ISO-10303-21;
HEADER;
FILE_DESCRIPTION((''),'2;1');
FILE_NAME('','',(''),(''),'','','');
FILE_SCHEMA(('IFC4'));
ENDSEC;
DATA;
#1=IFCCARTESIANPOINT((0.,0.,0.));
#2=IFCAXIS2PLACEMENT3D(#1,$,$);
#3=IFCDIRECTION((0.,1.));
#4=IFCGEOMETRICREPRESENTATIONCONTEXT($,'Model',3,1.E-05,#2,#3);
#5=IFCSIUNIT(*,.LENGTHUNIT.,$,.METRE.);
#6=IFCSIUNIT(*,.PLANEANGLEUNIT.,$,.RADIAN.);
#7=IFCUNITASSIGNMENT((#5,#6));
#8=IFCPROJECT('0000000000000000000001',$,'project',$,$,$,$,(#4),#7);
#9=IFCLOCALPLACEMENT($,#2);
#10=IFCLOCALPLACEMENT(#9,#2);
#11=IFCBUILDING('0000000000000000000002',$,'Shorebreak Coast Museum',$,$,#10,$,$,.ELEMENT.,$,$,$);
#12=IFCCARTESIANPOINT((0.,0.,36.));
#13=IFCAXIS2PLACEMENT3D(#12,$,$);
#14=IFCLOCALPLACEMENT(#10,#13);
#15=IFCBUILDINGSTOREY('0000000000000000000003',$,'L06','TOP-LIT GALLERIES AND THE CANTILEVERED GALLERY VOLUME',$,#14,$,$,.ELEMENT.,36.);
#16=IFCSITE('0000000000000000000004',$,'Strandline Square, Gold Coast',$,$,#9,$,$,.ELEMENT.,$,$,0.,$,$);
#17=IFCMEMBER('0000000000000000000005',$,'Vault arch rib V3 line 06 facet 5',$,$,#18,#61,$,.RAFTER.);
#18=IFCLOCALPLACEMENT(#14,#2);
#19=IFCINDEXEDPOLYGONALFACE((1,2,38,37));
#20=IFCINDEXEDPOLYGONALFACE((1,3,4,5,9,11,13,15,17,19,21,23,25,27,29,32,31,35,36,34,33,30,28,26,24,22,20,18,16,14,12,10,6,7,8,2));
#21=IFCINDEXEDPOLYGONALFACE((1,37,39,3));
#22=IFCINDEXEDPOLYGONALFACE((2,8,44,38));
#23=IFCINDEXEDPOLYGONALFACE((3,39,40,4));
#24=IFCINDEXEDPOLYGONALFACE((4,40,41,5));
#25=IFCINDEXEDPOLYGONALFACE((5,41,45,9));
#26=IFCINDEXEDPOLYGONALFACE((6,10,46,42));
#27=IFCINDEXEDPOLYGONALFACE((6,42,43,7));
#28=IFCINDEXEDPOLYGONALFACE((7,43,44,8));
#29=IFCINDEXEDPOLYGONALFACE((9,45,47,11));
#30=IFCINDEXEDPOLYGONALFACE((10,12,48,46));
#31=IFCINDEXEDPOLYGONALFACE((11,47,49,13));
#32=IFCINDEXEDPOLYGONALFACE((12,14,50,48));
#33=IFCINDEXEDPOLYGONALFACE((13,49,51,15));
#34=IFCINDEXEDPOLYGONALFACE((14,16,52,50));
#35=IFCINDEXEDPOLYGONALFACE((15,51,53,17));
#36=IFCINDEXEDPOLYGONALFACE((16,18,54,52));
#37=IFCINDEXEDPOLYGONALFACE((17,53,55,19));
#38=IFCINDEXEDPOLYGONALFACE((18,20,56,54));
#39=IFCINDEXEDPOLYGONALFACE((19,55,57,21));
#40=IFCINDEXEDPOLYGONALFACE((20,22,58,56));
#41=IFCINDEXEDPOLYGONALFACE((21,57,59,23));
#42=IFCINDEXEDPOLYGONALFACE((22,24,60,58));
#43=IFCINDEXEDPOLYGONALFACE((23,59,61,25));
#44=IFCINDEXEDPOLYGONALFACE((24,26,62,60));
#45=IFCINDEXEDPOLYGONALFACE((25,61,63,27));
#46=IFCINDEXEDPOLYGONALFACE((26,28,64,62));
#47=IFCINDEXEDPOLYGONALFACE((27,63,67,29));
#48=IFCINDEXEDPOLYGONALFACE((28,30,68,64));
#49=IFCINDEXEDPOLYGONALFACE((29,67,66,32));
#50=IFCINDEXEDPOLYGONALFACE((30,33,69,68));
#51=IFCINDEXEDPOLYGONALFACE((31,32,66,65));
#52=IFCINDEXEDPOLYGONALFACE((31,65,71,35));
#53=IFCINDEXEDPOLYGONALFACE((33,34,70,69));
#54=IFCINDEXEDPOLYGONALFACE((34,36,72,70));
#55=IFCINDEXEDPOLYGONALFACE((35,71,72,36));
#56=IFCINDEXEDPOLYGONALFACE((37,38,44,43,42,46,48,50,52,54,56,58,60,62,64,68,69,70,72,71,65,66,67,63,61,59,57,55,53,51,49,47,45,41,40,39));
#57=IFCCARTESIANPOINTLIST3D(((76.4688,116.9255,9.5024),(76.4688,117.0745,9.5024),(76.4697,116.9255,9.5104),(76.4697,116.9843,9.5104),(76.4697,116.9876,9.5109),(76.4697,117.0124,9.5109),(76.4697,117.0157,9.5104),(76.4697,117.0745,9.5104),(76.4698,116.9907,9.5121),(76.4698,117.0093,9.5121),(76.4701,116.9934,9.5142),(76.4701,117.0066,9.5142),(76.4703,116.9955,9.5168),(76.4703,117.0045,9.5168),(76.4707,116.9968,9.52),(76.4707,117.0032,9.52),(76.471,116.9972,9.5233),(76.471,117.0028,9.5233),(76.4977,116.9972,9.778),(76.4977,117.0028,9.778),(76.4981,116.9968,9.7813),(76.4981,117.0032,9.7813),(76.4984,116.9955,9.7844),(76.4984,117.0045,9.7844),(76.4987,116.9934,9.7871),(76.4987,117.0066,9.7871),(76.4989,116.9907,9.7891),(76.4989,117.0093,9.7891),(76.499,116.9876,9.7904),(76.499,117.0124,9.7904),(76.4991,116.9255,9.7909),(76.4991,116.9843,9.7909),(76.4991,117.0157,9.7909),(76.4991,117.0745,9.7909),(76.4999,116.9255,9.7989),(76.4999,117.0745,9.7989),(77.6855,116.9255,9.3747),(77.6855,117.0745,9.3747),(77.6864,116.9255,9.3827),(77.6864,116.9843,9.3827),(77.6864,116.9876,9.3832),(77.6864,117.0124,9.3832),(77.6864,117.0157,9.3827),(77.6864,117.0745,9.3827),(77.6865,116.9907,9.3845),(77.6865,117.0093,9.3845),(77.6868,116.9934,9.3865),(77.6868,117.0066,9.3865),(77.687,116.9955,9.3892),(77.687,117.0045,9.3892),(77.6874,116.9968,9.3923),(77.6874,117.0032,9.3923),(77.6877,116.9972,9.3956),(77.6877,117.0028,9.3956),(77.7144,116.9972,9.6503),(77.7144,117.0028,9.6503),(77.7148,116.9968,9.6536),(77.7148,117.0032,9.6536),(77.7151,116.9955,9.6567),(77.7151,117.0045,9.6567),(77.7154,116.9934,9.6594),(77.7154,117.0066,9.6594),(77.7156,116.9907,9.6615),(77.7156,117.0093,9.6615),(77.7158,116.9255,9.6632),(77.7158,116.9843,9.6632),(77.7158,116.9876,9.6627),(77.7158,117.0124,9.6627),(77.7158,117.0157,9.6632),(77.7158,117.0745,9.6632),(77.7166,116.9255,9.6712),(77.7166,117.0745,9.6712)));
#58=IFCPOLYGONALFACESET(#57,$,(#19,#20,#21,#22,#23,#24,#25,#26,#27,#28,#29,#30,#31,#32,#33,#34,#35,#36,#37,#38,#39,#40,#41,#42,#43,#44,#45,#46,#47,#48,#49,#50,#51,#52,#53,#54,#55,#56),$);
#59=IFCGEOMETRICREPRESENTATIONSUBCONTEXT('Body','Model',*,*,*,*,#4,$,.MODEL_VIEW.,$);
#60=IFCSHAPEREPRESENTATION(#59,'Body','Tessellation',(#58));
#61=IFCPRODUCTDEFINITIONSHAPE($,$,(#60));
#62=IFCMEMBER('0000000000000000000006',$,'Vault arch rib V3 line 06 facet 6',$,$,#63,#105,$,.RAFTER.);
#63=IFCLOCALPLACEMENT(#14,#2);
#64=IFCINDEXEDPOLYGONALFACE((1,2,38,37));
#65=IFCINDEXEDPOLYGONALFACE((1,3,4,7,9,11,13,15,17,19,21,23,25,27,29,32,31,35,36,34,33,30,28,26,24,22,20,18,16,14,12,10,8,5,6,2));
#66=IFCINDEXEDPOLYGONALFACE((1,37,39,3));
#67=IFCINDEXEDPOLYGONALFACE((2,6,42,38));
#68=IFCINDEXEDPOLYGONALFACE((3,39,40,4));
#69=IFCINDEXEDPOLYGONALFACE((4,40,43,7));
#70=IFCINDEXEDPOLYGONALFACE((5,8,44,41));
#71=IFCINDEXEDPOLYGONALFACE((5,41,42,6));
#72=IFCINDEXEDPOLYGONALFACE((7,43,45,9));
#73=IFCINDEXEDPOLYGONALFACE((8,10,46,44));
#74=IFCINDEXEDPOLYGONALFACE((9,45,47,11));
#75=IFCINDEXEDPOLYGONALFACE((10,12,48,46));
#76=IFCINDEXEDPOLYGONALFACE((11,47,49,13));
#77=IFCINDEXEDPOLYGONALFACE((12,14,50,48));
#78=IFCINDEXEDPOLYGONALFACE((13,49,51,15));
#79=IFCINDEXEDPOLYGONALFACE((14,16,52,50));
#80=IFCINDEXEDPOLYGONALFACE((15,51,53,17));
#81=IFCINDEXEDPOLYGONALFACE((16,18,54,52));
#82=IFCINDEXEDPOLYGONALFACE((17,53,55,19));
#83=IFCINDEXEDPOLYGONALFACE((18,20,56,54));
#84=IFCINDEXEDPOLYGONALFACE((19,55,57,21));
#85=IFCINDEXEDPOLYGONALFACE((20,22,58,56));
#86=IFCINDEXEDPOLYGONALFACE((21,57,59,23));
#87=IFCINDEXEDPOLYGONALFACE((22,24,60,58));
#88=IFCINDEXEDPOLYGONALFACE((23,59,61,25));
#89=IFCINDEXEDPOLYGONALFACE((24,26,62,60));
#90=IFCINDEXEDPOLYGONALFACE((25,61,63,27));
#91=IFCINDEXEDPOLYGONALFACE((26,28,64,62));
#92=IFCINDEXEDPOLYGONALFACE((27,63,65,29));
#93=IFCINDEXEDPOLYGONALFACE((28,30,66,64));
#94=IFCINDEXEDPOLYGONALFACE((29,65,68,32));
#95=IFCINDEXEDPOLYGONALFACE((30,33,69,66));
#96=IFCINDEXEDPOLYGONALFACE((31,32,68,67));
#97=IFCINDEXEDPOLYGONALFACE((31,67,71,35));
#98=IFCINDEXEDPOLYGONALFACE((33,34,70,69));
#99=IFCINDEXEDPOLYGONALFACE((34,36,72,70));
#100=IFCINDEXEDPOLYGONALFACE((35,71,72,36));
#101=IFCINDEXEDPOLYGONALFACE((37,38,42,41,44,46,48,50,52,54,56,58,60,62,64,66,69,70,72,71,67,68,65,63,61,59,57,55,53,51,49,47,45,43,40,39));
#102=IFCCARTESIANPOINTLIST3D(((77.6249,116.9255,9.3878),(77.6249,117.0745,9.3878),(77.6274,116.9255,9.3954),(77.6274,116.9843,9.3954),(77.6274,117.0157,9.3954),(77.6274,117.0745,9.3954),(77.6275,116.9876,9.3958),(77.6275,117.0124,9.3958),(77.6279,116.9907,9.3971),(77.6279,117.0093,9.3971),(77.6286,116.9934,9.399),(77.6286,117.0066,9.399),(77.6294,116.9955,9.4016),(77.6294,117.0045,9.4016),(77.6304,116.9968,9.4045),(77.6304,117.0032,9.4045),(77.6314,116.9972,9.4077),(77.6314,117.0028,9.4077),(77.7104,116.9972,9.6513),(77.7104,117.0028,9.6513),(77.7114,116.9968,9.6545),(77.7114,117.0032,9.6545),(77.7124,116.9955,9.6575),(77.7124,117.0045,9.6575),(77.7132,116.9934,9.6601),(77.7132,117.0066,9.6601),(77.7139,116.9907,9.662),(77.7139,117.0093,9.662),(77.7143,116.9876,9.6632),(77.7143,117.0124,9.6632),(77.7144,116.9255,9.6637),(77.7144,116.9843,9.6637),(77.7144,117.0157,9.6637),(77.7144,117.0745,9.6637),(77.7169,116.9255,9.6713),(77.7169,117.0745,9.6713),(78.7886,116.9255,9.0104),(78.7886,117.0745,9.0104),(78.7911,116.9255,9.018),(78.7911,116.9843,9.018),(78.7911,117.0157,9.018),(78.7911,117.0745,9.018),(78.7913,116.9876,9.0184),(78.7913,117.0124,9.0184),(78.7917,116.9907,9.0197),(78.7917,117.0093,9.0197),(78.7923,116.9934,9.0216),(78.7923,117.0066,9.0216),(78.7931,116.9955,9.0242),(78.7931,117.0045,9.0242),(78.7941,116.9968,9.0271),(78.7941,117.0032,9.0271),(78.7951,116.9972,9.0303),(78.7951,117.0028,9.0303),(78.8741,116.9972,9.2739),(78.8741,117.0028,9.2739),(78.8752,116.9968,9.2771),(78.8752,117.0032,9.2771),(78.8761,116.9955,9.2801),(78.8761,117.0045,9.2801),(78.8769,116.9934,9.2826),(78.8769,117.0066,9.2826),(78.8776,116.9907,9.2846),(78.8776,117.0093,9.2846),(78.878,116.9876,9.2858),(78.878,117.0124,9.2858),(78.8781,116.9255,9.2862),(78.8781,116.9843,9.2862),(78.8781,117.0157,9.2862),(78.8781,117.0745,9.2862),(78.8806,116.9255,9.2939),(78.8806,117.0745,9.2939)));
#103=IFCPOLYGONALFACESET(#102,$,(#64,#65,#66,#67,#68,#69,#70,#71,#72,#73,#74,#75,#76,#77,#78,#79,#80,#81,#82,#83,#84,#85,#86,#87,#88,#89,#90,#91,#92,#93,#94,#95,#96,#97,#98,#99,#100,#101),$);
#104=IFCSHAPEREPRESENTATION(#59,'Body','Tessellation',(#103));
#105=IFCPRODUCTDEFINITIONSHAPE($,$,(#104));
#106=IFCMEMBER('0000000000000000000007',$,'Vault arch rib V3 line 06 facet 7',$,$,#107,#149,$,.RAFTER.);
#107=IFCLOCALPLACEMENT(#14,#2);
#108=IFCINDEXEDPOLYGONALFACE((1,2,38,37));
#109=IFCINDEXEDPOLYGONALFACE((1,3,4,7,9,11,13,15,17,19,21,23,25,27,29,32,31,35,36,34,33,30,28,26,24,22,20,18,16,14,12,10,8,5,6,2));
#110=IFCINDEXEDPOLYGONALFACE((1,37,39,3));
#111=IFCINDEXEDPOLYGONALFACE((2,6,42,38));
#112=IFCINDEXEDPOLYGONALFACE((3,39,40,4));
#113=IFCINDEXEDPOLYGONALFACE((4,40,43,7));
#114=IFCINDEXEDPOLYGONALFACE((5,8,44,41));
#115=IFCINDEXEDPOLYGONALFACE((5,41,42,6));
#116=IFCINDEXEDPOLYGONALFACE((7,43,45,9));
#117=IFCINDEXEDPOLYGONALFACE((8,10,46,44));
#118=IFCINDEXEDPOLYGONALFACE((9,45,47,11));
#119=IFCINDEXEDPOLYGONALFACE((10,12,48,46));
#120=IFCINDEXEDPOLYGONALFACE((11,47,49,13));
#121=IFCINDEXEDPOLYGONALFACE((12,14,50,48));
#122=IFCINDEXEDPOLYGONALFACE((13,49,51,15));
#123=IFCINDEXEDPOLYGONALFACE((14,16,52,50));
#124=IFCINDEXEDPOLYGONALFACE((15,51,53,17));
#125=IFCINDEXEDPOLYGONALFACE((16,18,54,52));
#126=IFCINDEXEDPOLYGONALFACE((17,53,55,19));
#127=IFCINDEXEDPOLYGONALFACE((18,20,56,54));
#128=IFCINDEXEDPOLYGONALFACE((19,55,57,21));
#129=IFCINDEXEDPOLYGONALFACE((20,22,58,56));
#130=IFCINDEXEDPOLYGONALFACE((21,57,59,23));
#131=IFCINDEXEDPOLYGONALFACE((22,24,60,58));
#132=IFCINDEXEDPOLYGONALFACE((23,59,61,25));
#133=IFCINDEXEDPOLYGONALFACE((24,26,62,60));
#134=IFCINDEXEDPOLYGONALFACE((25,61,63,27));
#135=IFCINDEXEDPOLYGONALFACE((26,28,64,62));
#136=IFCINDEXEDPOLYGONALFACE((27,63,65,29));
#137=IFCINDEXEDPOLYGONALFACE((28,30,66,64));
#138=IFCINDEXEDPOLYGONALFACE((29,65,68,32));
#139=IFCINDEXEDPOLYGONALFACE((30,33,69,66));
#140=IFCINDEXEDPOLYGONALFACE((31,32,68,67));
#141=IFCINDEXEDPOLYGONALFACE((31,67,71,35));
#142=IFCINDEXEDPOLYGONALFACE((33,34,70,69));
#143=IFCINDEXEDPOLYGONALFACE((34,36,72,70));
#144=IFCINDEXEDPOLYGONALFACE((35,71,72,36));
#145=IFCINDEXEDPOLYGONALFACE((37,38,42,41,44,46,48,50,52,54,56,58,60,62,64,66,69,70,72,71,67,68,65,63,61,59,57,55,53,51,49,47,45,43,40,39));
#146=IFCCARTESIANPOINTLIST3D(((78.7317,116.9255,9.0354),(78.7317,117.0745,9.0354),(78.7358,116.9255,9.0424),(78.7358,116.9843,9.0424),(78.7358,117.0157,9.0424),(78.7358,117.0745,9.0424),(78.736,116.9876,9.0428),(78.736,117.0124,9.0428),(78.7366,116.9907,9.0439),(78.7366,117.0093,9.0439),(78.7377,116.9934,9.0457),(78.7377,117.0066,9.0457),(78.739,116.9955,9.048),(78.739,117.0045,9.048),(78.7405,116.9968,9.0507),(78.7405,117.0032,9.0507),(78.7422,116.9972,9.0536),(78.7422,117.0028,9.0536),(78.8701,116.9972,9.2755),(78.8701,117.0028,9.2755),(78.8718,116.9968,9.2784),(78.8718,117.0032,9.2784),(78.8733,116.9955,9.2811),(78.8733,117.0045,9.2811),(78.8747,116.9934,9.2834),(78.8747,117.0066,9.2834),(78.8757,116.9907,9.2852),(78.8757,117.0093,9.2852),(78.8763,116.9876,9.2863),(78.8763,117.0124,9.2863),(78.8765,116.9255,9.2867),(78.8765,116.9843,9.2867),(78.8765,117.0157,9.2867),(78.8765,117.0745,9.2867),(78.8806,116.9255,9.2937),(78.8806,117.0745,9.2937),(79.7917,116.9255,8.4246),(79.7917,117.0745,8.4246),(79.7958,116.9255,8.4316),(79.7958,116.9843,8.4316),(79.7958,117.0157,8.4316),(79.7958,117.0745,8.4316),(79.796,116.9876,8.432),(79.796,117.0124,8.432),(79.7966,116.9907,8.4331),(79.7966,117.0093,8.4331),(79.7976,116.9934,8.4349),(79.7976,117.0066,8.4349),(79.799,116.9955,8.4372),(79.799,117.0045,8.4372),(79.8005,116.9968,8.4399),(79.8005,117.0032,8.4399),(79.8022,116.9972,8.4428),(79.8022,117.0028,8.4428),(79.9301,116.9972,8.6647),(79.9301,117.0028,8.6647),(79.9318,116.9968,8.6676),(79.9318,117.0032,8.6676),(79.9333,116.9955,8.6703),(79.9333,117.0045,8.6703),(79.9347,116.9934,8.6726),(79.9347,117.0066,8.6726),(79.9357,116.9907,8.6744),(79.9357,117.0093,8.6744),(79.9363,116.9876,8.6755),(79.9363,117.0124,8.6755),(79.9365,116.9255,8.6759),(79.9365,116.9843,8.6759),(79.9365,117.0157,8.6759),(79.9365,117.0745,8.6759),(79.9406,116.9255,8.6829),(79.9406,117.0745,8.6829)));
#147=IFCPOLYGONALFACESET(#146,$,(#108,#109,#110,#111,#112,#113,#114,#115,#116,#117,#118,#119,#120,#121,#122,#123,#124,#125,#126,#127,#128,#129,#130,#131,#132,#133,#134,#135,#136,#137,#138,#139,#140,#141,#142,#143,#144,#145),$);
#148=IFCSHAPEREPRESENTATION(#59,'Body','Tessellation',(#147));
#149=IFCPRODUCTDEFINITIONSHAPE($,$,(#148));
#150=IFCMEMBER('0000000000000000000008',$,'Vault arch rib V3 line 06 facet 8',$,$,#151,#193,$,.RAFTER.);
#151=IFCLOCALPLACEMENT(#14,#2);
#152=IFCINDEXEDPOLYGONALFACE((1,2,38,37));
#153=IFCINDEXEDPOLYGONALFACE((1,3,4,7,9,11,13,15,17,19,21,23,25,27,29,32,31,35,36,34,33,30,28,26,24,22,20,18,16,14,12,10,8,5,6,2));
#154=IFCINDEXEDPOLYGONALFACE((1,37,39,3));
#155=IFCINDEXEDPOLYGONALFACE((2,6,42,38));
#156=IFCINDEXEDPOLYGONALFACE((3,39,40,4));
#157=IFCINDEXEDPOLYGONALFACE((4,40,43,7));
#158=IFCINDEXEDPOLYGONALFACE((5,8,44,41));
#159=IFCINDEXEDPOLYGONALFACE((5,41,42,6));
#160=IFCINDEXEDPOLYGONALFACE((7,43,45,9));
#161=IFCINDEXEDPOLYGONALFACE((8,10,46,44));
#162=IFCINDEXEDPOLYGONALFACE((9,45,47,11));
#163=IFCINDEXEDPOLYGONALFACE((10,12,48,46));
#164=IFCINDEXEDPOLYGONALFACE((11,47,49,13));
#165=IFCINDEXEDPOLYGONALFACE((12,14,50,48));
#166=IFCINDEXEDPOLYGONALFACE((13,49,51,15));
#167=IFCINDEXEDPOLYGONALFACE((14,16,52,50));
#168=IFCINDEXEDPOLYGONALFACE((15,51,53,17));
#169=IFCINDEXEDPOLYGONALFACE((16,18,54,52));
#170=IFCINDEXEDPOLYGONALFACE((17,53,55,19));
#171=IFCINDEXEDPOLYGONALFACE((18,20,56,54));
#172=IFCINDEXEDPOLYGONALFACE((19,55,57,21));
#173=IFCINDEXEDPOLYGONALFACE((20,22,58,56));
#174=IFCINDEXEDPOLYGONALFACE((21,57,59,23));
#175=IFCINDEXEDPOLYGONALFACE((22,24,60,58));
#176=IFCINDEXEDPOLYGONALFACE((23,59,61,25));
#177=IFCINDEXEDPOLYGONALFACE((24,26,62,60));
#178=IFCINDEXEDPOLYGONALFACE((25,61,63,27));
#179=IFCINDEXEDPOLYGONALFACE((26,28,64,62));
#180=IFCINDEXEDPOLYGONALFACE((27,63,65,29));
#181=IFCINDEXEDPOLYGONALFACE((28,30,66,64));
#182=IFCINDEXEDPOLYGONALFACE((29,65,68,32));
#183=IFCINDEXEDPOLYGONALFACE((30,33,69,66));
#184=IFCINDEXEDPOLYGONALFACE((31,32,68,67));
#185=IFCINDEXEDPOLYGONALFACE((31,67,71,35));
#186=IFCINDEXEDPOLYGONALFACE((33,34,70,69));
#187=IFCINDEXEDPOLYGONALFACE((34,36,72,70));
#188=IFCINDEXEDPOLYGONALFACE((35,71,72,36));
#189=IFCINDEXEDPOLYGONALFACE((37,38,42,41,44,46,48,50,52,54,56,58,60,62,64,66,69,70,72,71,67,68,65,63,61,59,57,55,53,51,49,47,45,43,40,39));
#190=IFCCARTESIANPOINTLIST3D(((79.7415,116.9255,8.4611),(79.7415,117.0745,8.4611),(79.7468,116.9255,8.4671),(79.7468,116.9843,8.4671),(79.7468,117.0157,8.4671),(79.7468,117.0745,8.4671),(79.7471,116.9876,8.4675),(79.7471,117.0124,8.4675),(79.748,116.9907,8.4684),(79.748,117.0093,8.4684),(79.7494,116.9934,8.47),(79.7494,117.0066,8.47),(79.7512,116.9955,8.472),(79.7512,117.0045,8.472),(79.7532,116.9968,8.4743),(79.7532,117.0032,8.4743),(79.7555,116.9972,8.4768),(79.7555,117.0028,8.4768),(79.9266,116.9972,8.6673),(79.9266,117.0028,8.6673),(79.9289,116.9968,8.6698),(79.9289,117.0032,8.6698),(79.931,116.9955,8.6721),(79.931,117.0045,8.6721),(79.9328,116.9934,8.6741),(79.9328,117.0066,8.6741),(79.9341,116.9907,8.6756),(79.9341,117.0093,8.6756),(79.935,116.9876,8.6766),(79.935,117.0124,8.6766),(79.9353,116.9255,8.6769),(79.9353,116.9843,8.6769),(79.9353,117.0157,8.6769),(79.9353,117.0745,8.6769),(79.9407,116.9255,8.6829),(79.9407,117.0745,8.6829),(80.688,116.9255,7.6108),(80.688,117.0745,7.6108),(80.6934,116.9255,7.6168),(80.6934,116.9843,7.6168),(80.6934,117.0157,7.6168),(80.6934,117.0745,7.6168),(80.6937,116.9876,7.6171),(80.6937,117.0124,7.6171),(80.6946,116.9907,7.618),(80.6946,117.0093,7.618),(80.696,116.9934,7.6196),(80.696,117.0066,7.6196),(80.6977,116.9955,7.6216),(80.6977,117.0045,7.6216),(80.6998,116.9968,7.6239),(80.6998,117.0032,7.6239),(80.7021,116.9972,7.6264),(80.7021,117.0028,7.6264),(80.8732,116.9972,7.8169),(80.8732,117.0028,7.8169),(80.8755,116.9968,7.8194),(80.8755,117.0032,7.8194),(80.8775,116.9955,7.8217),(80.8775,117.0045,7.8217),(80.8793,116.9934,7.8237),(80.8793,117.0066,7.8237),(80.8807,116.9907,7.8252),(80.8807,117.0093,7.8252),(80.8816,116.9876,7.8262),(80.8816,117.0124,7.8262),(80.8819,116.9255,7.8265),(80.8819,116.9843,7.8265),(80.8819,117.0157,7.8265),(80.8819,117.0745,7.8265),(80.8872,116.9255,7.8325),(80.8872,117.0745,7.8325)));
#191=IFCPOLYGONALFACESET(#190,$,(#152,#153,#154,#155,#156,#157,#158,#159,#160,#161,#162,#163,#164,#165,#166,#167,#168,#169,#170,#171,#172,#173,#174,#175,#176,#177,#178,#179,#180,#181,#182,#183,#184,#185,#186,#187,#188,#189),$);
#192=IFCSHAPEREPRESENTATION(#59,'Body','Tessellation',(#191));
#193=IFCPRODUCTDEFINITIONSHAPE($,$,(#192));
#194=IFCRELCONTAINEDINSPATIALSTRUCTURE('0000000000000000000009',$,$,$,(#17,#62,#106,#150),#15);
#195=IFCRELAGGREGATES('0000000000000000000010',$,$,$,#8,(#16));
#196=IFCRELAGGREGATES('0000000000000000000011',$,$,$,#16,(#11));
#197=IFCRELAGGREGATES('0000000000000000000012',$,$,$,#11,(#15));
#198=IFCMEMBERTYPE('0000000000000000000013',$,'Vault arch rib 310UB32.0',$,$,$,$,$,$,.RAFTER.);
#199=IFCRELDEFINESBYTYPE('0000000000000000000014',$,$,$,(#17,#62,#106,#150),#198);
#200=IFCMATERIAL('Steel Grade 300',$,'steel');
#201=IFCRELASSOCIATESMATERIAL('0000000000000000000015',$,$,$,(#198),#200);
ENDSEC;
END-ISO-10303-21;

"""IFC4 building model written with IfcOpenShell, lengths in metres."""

from ifc_helpers import new_model, si_unit, direction, frame, origin, origin_2d, place, context, subcontext, project, spatial, i_section, extrude, material, material_profile, profile_set, type_object, element, save


model = new_model("IFC4")

# Units and contexts
model_context = context("Model", 3, precision=1e-05, world=origin(), true_north=direction((0.0, 1.0)))
body_context = subcontext(model_context, "Body", "Model", "MODEL_VIEW")
ifc_project = project(units=[si_unit("LENGTHUNIT", "METRE"), si_unit("PLANEANGLEUNIT", "RADIAN")], contexts=[model_context])

# Site, building, storey
site_placement = place(None, origin())
site = spatial("IfcSite", under=ifc_project, at=site_placement, Name="Strandline Square, Gold Coast", CompositionType="ELEMENT", RefElevation=0.0)
building_placement = place(site_placement, origin())
building = spatial("IfcBuilding", under=site, at=building_placement, Name="Shorebreak Coast Museum", CompositionType="ELEMENT")
storey_placement = place(building_placement, frame((0.0, 0.0, 36.0)))
storey = spatial("IfcBuildingStorey", under=building, at=storey_placement, Name="L06", Description="TOP-LIT GALLERIES AND THE CANTILEVERED GALLERY VOLUME", CompositionType="ELEMENT", Elevation=36.0)

# Members
ifc_material_1 = material(Name="Steel Grade 300", Category="steel")
ifc_material_profile_1 = material_profile(ifc_material_1, i_section(OverallWidth=0.1489, OverallDepth=0.2981, WebThickness=0.0056, FlangeThickness=0.0081, FilletRadius=0.0129, at=origin_2d()), Name="310UB32.0")
ifc_profile_set_1 = profile_set([ifc_material_profile_1], Name="Steel Grade 300")
member_type_1 = type_object("IfcMemberType", Name="Vault arch rib 310UB32.0", PredefinedType="RAFTER", material=ifc_profile_set_1)
for number, where, z_axis, x_axis, name in (
    (1, (76.4844, 117.0, 9.6506), (0.994539, 0.0, -0.104363), (0.0, 1.0, 0.0), "Vault arch rib V3 line 06 facet 5"),
    (2, (77.6709, 117.0, 9.5295), (0.951226, 0.0, -0.308495), (0.0, 1.0, 0.0), "Vault arch rib V3 line 06 facet 6"),
    (3, (78.8062, 117.0, 9.1646), (0.866445, 0.0, -0.499273), (0.0, 1.0, 0.0), "Vault arch rib V3 line 06 facet 7"),
):
    element("IfcMember", number, at=place(storey_placement, frame(where, z_axis=z_axis, x_axis=x_axis)), inside=storey, type_object=member_type_1, Name=name, PredefinedType="RAFTER", context=body_context, shape_type="SweptSolid", body=[
        extrude(i_section(OverallWidth=0.1489, OverallDepth=0.2981, WebThickness=0.0056, FlangeThickness=0.0081, FilletRadius=0.0129, at=origin_2d()), origin(), (0.0, 0.0, 1.0), 1.2234),
    ])
for number, where, z_axis, x_axis, name in (
    (4, (79.8411, 117.0, 8.572), (0.743895, 0.0, -0.668297), (0.0, 1.0, 0.0), "Vault arch rib V3 line 06 facet 8"),
):
    element("IfcMember", number, at=place(storey_placement, frame(where, z_axis=z_axis, x_axis=x_axis)), inside=storey, type_object=member_type_1, Name=name, PredefinedType="RAFTER", context=body_context, shape_type="SweptSolid", body=[
        extrude(i_section(OverallWidth=0.1489, OverallDepth=0.2981, WebThickness=0.0056, FlangeThickness=0.0081, FilletRadius=0.0129, at=origin_2d()), origin(), (0.0, 0.0, 1.0), 1.2725),
    ])

save(model, "model.ifc")
